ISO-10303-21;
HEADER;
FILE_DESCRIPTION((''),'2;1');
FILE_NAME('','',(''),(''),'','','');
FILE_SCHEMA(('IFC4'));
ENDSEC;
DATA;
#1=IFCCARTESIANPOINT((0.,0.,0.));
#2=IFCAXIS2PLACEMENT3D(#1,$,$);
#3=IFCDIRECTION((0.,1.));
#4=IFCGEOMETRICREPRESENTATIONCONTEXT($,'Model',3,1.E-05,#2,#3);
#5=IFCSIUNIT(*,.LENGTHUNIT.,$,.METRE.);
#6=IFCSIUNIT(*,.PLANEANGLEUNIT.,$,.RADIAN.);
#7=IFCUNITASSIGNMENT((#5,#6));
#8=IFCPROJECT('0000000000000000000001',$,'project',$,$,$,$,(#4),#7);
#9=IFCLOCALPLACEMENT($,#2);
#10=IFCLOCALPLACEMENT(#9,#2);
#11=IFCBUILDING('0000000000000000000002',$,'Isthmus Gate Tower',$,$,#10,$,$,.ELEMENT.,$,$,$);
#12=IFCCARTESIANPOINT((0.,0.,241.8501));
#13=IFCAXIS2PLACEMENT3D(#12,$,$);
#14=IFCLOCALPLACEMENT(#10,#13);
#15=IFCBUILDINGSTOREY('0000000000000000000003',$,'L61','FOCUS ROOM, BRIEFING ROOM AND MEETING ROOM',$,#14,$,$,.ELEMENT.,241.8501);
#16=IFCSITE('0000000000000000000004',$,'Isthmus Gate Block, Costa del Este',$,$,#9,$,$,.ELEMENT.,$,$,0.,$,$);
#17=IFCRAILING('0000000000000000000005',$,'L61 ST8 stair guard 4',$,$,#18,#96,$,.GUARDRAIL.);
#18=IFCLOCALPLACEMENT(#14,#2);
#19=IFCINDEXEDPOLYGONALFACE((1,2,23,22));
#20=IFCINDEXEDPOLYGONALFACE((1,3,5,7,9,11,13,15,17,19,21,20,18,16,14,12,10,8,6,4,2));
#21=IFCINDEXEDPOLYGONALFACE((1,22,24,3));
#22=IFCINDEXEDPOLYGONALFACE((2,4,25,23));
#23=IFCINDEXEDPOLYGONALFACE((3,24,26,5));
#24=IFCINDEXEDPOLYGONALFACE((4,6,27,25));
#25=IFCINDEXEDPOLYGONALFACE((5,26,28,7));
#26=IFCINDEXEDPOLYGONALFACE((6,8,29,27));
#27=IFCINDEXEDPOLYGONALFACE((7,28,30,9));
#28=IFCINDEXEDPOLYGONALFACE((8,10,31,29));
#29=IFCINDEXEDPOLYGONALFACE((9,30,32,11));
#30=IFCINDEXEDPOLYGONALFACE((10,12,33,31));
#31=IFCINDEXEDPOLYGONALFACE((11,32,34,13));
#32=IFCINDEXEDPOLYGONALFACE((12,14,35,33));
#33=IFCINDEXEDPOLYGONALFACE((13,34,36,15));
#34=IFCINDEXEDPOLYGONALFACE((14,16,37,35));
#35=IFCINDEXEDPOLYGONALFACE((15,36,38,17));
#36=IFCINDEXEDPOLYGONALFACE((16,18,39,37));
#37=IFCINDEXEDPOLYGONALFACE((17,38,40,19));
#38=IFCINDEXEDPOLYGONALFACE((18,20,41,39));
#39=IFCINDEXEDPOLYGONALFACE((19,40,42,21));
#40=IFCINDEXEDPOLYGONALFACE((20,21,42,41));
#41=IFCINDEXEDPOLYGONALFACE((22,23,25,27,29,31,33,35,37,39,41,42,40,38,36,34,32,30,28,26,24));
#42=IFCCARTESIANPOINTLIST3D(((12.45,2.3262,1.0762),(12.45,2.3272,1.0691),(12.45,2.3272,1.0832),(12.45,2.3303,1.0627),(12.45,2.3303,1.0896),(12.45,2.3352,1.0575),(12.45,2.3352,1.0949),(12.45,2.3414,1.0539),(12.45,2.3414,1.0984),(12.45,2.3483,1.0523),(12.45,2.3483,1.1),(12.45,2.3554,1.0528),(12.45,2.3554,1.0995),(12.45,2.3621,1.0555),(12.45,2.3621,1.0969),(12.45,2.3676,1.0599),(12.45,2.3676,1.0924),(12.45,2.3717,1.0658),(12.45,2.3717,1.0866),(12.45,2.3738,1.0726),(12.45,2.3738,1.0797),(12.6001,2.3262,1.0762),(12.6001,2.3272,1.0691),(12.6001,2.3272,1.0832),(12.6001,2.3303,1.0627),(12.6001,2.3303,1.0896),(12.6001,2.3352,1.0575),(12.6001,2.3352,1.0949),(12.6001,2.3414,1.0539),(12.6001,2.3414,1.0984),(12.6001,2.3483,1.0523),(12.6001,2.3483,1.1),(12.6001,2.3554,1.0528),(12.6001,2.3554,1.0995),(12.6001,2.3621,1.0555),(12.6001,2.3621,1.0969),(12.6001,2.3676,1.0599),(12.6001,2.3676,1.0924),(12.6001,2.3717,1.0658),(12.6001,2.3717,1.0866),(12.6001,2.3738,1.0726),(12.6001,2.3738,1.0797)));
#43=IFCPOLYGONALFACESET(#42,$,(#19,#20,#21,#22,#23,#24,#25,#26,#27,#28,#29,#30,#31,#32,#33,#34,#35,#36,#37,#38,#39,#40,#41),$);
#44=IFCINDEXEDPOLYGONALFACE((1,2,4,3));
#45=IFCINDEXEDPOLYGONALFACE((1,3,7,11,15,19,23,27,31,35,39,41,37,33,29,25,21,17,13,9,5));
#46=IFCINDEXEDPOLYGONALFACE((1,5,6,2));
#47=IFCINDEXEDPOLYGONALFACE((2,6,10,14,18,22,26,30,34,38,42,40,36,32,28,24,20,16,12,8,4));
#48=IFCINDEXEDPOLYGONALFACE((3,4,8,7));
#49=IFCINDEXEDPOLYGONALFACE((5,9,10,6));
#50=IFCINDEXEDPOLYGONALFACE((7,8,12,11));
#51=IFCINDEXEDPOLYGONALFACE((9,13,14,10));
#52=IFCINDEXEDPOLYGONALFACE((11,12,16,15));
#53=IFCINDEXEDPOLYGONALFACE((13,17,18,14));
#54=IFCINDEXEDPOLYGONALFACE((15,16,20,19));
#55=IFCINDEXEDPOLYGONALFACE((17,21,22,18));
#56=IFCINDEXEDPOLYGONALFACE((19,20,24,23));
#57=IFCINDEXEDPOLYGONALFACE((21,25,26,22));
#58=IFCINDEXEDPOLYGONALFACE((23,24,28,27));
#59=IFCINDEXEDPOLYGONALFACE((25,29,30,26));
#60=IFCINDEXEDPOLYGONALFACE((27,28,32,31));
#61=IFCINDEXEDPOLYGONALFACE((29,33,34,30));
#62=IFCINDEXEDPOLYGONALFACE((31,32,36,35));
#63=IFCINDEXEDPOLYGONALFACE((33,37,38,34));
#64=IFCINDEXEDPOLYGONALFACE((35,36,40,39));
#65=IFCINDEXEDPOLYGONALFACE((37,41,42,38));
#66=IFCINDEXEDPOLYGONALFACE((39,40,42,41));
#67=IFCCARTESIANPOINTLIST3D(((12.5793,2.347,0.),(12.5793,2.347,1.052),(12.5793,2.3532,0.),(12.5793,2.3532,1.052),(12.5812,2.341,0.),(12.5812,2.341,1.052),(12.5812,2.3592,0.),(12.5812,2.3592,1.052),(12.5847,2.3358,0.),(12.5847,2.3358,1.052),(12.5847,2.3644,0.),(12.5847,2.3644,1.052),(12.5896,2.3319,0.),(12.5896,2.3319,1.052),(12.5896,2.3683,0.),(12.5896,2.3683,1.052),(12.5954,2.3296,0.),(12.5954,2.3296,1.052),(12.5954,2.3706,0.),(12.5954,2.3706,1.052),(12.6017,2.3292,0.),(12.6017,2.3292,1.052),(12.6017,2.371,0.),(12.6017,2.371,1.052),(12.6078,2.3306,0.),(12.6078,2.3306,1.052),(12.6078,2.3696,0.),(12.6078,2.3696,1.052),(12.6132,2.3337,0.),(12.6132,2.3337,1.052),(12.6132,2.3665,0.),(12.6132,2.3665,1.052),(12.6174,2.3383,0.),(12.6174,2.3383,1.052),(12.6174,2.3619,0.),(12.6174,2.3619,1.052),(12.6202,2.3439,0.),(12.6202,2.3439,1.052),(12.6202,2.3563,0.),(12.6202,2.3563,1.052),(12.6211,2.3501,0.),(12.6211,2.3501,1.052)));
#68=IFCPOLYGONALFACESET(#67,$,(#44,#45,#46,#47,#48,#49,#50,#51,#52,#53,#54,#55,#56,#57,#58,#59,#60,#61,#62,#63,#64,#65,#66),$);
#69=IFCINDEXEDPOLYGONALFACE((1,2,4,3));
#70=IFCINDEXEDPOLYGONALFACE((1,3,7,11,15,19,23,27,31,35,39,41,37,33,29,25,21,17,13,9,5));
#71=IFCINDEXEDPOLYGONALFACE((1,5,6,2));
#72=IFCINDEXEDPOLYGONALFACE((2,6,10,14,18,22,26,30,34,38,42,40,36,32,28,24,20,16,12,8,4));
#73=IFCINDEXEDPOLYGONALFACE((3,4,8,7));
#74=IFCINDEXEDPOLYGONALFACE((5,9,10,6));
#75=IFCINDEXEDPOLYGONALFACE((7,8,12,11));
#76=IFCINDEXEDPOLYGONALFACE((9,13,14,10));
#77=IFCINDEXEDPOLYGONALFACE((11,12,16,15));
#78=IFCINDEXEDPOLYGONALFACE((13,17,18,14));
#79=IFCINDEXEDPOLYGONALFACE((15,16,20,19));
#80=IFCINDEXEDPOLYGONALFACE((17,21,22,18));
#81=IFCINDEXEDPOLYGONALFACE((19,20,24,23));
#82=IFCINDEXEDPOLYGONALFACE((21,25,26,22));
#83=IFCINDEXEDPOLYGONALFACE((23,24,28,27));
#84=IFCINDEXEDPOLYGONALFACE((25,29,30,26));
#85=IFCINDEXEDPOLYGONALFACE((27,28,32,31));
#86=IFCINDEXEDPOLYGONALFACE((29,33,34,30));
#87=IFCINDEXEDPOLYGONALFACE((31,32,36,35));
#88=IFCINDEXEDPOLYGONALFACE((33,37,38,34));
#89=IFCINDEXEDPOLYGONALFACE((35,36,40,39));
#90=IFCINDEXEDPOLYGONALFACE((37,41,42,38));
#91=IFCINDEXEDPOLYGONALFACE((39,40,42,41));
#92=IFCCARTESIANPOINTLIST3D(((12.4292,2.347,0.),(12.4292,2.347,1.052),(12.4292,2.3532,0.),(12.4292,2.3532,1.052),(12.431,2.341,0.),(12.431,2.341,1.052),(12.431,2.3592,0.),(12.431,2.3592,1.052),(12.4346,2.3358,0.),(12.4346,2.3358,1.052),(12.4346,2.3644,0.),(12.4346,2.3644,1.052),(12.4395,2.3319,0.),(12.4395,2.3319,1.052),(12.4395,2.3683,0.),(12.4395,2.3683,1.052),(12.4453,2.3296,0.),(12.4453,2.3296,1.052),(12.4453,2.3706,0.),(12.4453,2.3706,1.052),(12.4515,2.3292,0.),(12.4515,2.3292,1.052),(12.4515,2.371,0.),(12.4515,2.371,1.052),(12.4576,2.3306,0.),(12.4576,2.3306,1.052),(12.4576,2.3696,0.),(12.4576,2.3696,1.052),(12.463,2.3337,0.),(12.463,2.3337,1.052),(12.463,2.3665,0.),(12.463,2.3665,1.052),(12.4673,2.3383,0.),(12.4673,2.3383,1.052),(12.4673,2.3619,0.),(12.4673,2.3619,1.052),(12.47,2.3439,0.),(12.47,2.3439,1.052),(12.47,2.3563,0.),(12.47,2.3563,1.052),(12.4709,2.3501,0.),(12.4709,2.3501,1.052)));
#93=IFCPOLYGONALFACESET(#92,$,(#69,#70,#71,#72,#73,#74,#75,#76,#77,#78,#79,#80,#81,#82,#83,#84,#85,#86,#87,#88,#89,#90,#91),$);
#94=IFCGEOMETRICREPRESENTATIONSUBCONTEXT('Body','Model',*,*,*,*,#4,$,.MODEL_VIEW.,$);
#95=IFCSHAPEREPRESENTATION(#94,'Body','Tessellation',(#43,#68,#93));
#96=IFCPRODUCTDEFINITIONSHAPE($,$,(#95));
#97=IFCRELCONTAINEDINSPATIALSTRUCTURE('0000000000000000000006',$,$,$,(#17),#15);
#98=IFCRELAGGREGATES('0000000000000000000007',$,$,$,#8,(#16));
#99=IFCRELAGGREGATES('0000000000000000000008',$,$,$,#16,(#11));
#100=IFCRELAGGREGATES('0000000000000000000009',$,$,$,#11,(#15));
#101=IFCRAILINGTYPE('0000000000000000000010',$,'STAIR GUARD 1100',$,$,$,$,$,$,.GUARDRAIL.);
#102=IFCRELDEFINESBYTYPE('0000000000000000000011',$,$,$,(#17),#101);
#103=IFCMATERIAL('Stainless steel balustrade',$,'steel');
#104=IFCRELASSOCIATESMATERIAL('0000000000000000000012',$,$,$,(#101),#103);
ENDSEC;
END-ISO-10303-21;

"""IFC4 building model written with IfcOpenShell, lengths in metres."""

from ifc_helpers import new_model, si_unit, direction, frame, origin, origin_2d, place, context, subcontext, project, spatial, circle, extrude, material, type_object, element, save


model = new_model("IFC4")

# Units and contexts
model_context = context("Model", 3, precision=1e-05, world=origin(), true_north=direction((0.0, 1.0)))
body_context = subcontext(model_context, "Body", "Model", "MODEL_VIEW")
ifc_project = project(units=[si_unit("LENGTHUNIT", "METRE"), si_unit("PLANEANGLEUNIT", "RADIAN")], contexts=[model_context])

# Site, building, storey
site_placement = place(None, origin())
site = spatial("IfcSite", under=ifc_project, at=site_placement, Name="Isthmus Gate Block, Costa del Este", CompositionType="ELEMENT", RefElevation=0.0)
building_placement = place(site_placement, origin())
building = spatial("IfcBuilding", under=site, at=building_placement, Name="Isthmus Gate Tower", CompositionType="ELEMENT")
storey_placement = place(building_placement, frame((0.0, 0.0, 241.8501)))
storey = spatial("IfcBuildingStorey", under=building, at=storey_placement, Name="L61", Description="FOCUS ROOM, BRIEFING ROOM AND MEETING ROOM", CompositionType="ELEMENT", Elevation=241.8501)

# Railing
ifc_material_1 = material(Name="Stainless steel balustrade", Category="steel")
railing_type_1 = type_object("IfcRailingType", Name="STAIR GUARD 1100", PredefinedType="GUARDRAIL", material=ifc_material_1)
railing_1_placement = place(storey_placement, frame((12.6001, 2.3501, 0.0)))
element("IfcRailing", 1, at=railing_1_placement, inside=storey, type_object=railing_type_1, Name="L61 ST8 stair guard 4", PredefinedType="GUARDRAIL", context=body_context, shape_type="SweptSolid", body=[
    extrude(circle(Radius=0.0239, at=origin_2d()), frame((0.0, 0.0, 1.0762), z_axis=(-1.0, 0.0, 0.0), x_axis=(0.0, -1.0, 0.0)), (0.0, 0.0, 1.0), 0.1501),
    extrude(circle(Radius=0.021, at=origin_2d()), origin(), (0.0, 0.0, 1.0), 1.052),
    extrude(circle(Radius=0.021, at=origin_2d()), frame((-0.1501, 0.0, 0.0)), (0.0, 0.0, 1.0), 1.052),
])

save(model, "model.ifc")
